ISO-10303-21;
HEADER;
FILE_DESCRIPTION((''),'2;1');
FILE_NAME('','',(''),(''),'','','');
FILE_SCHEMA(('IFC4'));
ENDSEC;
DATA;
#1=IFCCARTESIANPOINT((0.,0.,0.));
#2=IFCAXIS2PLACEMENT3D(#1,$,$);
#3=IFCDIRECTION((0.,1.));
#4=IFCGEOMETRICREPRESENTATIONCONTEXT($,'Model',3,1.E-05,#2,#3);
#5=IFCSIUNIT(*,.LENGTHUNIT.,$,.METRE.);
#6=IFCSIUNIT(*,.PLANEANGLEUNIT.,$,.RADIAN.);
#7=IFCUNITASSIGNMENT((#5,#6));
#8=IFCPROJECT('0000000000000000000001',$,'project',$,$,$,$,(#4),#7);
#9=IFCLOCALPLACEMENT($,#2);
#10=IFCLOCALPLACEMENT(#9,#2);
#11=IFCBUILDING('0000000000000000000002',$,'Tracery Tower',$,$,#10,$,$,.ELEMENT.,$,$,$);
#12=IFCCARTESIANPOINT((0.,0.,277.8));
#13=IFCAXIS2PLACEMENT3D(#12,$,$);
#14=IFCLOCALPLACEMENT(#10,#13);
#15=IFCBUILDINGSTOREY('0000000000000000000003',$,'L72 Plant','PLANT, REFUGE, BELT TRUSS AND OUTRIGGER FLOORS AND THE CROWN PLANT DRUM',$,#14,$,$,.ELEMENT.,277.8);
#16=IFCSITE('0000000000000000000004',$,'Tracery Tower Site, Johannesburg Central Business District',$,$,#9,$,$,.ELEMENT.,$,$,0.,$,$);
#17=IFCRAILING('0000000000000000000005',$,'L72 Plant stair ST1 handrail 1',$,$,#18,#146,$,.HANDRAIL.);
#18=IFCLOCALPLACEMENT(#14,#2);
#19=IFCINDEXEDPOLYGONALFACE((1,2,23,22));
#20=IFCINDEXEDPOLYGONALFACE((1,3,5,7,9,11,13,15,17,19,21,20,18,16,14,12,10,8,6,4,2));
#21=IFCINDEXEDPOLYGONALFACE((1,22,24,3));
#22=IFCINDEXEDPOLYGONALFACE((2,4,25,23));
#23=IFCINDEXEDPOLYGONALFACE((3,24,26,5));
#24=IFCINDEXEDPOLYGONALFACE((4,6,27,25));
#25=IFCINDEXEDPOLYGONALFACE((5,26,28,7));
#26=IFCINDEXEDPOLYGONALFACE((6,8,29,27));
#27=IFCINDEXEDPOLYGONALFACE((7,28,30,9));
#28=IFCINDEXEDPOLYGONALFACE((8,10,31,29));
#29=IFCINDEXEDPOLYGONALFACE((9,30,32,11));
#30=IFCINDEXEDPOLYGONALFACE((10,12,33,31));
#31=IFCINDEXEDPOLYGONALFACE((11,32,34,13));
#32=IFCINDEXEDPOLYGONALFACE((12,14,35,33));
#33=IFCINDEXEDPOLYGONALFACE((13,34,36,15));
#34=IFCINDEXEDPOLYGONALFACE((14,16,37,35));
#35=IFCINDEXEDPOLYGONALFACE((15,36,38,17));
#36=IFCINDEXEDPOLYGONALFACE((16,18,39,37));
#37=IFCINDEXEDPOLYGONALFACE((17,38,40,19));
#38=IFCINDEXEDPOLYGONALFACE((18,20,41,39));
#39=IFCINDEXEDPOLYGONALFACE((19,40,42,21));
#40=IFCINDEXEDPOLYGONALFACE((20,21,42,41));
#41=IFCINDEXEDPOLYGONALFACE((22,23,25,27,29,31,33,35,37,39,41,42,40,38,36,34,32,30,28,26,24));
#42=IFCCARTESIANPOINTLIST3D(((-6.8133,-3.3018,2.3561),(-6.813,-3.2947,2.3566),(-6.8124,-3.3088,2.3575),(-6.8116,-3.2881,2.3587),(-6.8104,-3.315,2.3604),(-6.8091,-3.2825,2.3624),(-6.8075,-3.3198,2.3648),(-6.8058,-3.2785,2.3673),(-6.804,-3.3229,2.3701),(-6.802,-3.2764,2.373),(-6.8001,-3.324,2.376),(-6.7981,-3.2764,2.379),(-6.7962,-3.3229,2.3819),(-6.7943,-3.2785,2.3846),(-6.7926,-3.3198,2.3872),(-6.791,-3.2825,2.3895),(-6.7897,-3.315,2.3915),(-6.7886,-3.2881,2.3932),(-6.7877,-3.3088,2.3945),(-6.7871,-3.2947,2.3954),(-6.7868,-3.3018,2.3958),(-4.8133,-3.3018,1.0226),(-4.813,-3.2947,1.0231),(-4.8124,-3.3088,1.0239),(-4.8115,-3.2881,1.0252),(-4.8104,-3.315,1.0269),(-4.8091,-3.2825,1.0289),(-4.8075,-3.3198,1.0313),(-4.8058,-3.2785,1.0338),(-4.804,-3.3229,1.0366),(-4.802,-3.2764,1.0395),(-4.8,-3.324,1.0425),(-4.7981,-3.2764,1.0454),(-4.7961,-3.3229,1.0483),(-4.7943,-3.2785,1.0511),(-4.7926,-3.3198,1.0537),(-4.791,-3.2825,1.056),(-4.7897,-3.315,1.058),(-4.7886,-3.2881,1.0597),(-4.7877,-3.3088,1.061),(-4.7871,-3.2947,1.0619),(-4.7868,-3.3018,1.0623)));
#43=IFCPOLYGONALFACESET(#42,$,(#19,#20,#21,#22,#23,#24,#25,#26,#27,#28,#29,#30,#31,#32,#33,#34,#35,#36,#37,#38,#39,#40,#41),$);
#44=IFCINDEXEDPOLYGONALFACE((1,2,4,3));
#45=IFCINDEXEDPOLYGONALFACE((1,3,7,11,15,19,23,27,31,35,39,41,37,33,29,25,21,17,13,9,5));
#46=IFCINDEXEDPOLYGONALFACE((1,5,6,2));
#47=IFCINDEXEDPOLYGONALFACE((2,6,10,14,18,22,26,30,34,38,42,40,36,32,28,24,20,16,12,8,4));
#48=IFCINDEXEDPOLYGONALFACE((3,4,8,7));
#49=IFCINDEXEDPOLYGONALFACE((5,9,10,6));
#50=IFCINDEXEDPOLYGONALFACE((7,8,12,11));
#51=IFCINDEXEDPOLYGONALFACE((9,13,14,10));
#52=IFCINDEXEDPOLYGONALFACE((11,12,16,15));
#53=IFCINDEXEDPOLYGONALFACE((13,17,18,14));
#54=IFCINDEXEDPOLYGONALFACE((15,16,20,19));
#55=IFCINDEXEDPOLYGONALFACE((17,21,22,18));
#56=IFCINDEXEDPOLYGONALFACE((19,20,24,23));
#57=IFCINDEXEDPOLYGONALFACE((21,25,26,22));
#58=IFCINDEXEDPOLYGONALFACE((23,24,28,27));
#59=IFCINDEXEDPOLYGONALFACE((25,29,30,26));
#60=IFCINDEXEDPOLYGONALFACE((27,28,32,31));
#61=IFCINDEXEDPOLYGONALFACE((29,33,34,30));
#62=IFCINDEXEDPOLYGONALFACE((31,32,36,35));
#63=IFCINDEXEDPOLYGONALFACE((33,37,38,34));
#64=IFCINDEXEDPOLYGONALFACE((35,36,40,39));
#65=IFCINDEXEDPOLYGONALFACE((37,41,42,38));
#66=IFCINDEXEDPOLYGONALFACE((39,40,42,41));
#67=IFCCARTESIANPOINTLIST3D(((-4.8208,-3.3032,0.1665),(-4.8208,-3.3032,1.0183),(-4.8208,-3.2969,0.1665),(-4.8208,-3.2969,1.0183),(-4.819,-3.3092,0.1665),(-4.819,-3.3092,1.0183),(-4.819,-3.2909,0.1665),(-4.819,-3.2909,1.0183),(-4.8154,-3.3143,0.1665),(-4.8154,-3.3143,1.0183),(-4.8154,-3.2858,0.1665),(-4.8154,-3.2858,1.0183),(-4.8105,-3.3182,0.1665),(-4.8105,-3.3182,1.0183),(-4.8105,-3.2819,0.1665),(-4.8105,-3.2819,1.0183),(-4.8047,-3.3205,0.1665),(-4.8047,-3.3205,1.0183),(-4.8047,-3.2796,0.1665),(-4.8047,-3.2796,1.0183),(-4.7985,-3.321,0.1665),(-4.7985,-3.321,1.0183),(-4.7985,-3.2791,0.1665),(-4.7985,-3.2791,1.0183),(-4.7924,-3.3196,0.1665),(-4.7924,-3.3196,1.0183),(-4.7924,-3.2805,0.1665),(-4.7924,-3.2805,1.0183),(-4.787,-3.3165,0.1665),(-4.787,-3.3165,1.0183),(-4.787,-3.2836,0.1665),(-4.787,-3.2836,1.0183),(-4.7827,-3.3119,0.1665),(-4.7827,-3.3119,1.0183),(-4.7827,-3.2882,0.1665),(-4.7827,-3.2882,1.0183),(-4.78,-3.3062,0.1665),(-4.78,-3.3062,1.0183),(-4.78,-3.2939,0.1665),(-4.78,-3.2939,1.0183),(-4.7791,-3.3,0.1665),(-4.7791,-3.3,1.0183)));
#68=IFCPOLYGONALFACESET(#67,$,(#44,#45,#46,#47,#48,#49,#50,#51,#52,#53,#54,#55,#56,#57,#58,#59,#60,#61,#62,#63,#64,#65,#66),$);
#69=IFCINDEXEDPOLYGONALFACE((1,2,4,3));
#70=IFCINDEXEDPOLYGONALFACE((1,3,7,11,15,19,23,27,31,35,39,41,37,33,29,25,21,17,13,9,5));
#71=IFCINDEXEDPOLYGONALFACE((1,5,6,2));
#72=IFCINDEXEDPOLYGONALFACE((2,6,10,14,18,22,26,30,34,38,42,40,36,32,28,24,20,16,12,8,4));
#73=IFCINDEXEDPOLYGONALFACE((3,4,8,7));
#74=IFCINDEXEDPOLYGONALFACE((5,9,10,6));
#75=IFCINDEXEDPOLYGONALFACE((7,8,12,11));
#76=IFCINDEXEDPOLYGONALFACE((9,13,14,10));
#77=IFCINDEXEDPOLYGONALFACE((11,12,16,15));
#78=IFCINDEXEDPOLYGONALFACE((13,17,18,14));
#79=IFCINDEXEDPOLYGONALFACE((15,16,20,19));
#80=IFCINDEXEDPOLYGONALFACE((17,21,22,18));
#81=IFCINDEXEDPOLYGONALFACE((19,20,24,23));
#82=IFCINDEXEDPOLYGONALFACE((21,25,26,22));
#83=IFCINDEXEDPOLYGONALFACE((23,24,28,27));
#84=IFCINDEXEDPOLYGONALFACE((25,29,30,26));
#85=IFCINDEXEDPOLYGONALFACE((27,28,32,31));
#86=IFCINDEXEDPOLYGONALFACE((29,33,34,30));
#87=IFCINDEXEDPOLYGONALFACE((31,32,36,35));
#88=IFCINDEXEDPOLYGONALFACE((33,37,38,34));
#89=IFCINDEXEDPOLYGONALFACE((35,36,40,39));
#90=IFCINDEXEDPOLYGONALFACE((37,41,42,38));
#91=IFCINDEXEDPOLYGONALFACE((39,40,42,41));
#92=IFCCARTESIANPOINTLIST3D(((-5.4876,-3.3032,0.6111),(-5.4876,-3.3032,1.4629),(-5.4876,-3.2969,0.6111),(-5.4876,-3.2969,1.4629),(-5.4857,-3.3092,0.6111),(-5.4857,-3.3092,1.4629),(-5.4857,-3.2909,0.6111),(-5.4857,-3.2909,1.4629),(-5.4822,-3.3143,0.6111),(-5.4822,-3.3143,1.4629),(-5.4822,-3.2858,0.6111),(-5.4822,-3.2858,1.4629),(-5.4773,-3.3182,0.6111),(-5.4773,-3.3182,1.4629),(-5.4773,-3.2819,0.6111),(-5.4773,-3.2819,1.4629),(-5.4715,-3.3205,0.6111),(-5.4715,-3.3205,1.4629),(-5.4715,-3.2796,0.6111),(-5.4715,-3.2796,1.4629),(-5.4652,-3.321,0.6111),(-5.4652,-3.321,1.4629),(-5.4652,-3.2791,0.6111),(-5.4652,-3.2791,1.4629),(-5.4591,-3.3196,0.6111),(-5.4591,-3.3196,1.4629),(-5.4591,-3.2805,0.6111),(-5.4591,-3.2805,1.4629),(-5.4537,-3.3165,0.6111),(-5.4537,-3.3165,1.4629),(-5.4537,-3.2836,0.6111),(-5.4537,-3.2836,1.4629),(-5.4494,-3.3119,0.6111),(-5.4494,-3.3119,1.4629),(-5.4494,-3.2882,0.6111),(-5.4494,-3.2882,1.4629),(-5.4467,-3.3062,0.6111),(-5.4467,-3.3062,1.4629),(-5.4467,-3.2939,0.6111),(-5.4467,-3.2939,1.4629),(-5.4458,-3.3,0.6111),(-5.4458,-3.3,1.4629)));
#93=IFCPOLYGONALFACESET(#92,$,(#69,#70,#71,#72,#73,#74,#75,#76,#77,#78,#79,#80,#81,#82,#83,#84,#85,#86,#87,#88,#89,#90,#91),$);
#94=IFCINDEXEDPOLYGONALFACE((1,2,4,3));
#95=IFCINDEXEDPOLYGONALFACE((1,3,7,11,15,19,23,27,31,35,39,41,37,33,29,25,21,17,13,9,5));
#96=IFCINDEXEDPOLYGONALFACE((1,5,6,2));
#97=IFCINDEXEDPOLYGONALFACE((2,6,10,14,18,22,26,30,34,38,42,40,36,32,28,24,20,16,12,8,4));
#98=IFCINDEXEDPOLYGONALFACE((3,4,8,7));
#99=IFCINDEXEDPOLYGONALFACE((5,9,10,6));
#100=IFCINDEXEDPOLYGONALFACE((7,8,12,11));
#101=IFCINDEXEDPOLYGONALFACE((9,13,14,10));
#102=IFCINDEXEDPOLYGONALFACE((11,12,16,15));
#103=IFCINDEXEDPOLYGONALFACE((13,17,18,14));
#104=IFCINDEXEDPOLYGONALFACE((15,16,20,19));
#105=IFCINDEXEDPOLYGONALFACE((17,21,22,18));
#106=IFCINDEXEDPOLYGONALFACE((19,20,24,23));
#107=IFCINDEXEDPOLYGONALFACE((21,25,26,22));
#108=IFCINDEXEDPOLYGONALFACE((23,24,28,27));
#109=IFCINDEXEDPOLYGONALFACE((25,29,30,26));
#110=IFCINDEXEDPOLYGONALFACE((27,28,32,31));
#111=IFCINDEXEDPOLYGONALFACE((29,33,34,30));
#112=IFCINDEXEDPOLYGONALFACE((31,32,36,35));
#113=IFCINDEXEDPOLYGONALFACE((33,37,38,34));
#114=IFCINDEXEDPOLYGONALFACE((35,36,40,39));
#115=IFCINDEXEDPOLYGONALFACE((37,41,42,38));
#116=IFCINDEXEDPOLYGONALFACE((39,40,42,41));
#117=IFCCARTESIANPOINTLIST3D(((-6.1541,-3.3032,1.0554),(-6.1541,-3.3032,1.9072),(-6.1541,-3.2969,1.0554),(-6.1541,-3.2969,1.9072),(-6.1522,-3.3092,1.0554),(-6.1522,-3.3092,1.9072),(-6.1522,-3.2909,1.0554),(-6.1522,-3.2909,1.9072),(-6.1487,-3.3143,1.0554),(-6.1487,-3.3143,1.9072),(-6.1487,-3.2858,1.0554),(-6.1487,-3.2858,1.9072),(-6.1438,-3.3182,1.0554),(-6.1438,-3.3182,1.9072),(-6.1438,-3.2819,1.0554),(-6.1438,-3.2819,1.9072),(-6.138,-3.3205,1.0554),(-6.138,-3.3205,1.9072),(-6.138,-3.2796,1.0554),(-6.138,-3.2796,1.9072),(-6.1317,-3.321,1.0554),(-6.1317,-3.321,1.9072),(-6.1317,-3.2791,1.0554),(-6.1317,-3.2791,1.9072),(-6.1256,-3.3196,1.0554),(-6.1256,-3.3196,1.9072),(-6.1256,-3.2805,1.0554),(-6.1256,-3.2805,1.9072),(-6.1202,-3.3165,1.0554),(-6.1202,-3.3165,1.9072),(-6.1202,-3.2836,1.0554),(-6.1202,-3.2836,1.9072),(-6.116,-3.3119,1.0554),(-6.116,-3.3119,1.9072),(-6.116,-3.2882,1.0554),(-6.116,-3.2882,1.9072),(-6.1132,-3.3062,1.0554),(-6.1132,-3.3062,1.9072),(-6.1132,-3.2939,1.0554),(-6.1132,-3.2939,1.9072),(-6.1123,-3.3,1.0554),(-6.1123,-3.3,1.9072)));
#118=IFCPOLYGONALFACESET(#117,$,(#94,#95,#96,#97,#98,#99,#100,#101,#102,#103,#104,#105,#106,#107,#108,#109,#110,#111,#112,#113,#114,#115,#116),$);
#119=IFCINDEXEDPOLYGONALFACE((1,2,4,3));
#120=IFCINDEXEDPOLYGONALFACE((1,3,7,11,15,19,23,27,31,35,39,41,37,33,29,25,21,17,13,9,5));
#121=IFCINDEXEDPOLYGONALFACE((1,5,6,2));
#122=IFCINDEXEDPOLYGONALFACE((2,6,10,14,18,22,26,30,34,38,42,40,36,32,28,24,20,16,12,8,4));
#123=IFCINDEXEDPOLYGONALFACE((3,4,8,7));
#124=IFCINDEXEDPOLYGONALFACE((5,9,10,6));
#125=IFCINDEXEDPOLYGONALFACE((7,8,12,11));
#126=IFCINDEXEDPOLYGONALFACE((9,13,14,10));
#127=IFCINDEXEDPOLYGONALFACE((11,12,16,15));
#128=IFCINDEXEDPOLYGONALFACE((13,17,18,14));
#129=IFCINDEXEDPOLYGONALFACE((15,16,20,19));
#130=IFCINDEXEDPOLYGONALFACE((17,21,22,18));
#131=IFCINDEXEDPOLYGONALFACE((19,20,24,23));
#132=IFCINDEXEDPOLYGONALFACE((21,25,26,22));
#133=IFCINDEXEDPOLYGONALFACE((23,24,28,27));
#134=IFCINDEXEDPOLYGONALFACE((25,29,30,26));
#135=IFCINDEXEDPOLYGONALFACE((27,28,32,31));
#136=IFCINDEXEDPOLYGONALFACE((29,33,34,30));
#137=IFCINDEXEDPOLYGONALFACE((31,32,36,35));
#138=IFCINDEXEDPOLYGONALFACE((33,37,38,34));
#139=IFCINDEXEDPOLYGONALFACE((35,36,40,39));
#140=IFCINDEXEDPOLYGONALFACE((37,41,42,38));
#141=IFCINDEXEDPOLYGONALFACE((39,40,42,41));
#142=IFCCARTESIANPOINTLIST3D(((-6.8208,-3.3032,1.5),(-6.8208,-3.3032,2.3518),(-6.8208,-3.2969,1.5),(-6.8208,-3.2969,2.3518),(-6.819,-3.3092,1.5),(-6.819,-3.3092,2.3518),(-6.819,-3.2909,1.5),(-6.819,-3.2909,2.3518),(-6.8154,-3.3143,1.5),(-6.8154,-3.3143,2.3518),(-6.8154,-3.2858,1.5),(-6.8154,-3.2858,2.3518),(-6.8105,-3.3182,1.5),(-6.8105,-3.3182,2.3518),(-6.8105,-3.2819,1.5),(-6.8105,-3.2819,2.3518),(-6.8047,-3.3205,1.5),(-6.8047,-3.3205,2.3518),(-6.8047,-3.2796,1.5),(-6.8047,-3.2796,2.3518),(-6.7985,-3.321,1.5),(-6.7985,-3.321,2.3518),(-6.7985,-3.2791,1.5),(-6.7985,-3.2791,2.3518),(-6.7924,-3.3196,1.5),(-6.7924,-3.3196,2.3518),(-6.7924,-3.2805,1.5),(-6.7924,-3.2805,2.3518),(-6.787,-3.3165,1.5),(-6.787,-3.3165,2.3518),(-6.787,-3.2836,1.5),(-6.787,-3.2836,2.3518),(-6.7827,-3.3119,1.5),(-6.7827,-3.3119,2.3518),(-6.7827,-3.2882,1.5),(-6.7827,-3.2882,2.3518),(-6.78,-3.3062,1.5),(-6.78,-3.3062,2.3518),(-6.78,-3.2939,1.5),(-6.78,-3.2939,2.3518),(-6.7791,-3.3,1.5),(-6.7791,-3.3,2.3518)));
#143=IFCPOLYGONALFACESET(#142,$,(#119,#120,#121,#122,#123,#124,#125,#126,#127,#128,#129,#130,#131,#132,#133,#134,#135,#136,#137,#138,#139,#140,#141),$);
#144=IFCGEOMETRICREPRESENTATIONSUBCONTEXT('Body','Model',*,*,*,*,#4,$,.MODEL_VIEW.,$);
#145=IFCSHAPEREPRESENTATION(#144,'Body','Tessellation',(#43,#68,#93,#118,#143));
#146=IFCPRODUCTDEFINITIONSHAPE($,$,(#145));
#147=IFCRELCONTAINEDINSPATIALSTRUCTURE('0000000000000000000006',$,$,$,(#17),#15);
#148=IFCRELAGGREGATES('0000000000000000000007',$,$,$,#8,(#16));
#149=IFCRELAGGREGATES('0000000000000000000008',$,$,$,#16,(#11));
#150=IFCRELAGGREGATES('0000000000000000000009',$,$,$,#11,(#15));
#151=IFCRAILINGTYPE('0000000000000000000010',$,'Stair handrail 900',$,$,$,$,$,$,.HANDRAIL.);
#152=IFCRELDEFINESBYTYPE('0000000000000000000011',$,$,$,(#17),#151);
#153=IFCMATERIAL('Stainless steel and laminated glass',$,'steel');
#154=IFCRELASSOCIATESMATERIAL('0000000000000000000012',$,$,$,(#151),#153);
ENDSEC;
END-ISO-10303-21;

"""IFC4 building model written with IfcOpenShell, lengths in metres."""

from ifc_helpers import new_model, si_unit, direction, frame, origin, origin_2d, place, context, subcontext, project, spatial, circle, extrude, material, type_object, element, save


model = new_model("IFC4")

# Units and contexts
model_context = context("Model", 3, precision=1e-05, world=origin(), true_north=direction((0.0, 1.0)))
body_context = subcontext(model_context, "Body", "Model", "MODEL_VIEW")
ifc_project = project(units=[si_unit("LENGTHUNIT", "METRE"), si_unit("PLANEANGLEUNIT", "RADIAN")], contexts=[model_context])

# Site, building, storey
site_placement = place(None, origin())
site = spatial("IfcSite", under=ifc_project, at=site_placement, Name="Tracery Tower Site, Johannesburg Central Business District", CompositionType="ELEMENT", RefElevation=0.0)
building_placement = place(site_placement, origin())
building = spatial("IfcBuilding", under=site, at=building_placement, Name="Tracery Tower", CompositionType="ELEMENT")
storey_placement = place(building_placement, frame((0.0, 0.0, 277.8)))
storey = spatial("IfcBuildingStorey", under=building, at=storey_placement, Name="L72 Plant", Description="PLANT, REFUGE, BELT TRUSS AND OUTRIGGER FLOORS AND THE CROWN PLANT DRUM", CompositionType="ELEMENT", Elevation=277.8)

# Railing
ifc_material_1 = material(Name="Stainless steel and laminated glass", Category="steel")
railing_type_1 = type_object("IfcRailingType", Name="Stair handrail 900", PredefinedType="HANDRAIL", material=ifc_material_1)
for number, where, name in (
    (1, (-4.8, -3.3, 0.1665), "L72 Plant stair ST1 handrail 1"),
):
    element("IfcRailing", number, at=place(storey_placement, frame(where)), inside=storey, type_object=railing_type_1, Name=name, PredefinedType="HANDRAIL", context=body_context, shape_type="SweptSolid", body=[
        extrude(circle(Radius=0.0239, at=origin_2d()), frame((0.0, 0.0, 0.876), z_axis=(-0.832019, 0.0, 0.554747), x_axis=(0.0, -1.0, 0.0)), (0.0, 0.0, 1.0), 2.4038),
        extrude(circle(Radius=0.021, at=origin_2d()), origin(), (0.0, 0.0, 1.0), 0.8518),
        extrude(circle(Radius=0.021, at=origin_2d()), frame((-0.6667, 0.0, 0.4446)), (0.0, 0.0, 1.0), 0.8518),
        extrude(circle(Radius=0.021, at=origin_2d()), frame((-1.3333, 0.0, 0.8889)), (0.0, 0.0, 1.0), 0.8518),
        extrude(circle(Radius=0.021, at=origin_2d()), frame((-2.0, 0.0, 1.3335)), (0.0, 0.0, 1.0), 0.8518),
    ])

save(model, "model.ifc")
